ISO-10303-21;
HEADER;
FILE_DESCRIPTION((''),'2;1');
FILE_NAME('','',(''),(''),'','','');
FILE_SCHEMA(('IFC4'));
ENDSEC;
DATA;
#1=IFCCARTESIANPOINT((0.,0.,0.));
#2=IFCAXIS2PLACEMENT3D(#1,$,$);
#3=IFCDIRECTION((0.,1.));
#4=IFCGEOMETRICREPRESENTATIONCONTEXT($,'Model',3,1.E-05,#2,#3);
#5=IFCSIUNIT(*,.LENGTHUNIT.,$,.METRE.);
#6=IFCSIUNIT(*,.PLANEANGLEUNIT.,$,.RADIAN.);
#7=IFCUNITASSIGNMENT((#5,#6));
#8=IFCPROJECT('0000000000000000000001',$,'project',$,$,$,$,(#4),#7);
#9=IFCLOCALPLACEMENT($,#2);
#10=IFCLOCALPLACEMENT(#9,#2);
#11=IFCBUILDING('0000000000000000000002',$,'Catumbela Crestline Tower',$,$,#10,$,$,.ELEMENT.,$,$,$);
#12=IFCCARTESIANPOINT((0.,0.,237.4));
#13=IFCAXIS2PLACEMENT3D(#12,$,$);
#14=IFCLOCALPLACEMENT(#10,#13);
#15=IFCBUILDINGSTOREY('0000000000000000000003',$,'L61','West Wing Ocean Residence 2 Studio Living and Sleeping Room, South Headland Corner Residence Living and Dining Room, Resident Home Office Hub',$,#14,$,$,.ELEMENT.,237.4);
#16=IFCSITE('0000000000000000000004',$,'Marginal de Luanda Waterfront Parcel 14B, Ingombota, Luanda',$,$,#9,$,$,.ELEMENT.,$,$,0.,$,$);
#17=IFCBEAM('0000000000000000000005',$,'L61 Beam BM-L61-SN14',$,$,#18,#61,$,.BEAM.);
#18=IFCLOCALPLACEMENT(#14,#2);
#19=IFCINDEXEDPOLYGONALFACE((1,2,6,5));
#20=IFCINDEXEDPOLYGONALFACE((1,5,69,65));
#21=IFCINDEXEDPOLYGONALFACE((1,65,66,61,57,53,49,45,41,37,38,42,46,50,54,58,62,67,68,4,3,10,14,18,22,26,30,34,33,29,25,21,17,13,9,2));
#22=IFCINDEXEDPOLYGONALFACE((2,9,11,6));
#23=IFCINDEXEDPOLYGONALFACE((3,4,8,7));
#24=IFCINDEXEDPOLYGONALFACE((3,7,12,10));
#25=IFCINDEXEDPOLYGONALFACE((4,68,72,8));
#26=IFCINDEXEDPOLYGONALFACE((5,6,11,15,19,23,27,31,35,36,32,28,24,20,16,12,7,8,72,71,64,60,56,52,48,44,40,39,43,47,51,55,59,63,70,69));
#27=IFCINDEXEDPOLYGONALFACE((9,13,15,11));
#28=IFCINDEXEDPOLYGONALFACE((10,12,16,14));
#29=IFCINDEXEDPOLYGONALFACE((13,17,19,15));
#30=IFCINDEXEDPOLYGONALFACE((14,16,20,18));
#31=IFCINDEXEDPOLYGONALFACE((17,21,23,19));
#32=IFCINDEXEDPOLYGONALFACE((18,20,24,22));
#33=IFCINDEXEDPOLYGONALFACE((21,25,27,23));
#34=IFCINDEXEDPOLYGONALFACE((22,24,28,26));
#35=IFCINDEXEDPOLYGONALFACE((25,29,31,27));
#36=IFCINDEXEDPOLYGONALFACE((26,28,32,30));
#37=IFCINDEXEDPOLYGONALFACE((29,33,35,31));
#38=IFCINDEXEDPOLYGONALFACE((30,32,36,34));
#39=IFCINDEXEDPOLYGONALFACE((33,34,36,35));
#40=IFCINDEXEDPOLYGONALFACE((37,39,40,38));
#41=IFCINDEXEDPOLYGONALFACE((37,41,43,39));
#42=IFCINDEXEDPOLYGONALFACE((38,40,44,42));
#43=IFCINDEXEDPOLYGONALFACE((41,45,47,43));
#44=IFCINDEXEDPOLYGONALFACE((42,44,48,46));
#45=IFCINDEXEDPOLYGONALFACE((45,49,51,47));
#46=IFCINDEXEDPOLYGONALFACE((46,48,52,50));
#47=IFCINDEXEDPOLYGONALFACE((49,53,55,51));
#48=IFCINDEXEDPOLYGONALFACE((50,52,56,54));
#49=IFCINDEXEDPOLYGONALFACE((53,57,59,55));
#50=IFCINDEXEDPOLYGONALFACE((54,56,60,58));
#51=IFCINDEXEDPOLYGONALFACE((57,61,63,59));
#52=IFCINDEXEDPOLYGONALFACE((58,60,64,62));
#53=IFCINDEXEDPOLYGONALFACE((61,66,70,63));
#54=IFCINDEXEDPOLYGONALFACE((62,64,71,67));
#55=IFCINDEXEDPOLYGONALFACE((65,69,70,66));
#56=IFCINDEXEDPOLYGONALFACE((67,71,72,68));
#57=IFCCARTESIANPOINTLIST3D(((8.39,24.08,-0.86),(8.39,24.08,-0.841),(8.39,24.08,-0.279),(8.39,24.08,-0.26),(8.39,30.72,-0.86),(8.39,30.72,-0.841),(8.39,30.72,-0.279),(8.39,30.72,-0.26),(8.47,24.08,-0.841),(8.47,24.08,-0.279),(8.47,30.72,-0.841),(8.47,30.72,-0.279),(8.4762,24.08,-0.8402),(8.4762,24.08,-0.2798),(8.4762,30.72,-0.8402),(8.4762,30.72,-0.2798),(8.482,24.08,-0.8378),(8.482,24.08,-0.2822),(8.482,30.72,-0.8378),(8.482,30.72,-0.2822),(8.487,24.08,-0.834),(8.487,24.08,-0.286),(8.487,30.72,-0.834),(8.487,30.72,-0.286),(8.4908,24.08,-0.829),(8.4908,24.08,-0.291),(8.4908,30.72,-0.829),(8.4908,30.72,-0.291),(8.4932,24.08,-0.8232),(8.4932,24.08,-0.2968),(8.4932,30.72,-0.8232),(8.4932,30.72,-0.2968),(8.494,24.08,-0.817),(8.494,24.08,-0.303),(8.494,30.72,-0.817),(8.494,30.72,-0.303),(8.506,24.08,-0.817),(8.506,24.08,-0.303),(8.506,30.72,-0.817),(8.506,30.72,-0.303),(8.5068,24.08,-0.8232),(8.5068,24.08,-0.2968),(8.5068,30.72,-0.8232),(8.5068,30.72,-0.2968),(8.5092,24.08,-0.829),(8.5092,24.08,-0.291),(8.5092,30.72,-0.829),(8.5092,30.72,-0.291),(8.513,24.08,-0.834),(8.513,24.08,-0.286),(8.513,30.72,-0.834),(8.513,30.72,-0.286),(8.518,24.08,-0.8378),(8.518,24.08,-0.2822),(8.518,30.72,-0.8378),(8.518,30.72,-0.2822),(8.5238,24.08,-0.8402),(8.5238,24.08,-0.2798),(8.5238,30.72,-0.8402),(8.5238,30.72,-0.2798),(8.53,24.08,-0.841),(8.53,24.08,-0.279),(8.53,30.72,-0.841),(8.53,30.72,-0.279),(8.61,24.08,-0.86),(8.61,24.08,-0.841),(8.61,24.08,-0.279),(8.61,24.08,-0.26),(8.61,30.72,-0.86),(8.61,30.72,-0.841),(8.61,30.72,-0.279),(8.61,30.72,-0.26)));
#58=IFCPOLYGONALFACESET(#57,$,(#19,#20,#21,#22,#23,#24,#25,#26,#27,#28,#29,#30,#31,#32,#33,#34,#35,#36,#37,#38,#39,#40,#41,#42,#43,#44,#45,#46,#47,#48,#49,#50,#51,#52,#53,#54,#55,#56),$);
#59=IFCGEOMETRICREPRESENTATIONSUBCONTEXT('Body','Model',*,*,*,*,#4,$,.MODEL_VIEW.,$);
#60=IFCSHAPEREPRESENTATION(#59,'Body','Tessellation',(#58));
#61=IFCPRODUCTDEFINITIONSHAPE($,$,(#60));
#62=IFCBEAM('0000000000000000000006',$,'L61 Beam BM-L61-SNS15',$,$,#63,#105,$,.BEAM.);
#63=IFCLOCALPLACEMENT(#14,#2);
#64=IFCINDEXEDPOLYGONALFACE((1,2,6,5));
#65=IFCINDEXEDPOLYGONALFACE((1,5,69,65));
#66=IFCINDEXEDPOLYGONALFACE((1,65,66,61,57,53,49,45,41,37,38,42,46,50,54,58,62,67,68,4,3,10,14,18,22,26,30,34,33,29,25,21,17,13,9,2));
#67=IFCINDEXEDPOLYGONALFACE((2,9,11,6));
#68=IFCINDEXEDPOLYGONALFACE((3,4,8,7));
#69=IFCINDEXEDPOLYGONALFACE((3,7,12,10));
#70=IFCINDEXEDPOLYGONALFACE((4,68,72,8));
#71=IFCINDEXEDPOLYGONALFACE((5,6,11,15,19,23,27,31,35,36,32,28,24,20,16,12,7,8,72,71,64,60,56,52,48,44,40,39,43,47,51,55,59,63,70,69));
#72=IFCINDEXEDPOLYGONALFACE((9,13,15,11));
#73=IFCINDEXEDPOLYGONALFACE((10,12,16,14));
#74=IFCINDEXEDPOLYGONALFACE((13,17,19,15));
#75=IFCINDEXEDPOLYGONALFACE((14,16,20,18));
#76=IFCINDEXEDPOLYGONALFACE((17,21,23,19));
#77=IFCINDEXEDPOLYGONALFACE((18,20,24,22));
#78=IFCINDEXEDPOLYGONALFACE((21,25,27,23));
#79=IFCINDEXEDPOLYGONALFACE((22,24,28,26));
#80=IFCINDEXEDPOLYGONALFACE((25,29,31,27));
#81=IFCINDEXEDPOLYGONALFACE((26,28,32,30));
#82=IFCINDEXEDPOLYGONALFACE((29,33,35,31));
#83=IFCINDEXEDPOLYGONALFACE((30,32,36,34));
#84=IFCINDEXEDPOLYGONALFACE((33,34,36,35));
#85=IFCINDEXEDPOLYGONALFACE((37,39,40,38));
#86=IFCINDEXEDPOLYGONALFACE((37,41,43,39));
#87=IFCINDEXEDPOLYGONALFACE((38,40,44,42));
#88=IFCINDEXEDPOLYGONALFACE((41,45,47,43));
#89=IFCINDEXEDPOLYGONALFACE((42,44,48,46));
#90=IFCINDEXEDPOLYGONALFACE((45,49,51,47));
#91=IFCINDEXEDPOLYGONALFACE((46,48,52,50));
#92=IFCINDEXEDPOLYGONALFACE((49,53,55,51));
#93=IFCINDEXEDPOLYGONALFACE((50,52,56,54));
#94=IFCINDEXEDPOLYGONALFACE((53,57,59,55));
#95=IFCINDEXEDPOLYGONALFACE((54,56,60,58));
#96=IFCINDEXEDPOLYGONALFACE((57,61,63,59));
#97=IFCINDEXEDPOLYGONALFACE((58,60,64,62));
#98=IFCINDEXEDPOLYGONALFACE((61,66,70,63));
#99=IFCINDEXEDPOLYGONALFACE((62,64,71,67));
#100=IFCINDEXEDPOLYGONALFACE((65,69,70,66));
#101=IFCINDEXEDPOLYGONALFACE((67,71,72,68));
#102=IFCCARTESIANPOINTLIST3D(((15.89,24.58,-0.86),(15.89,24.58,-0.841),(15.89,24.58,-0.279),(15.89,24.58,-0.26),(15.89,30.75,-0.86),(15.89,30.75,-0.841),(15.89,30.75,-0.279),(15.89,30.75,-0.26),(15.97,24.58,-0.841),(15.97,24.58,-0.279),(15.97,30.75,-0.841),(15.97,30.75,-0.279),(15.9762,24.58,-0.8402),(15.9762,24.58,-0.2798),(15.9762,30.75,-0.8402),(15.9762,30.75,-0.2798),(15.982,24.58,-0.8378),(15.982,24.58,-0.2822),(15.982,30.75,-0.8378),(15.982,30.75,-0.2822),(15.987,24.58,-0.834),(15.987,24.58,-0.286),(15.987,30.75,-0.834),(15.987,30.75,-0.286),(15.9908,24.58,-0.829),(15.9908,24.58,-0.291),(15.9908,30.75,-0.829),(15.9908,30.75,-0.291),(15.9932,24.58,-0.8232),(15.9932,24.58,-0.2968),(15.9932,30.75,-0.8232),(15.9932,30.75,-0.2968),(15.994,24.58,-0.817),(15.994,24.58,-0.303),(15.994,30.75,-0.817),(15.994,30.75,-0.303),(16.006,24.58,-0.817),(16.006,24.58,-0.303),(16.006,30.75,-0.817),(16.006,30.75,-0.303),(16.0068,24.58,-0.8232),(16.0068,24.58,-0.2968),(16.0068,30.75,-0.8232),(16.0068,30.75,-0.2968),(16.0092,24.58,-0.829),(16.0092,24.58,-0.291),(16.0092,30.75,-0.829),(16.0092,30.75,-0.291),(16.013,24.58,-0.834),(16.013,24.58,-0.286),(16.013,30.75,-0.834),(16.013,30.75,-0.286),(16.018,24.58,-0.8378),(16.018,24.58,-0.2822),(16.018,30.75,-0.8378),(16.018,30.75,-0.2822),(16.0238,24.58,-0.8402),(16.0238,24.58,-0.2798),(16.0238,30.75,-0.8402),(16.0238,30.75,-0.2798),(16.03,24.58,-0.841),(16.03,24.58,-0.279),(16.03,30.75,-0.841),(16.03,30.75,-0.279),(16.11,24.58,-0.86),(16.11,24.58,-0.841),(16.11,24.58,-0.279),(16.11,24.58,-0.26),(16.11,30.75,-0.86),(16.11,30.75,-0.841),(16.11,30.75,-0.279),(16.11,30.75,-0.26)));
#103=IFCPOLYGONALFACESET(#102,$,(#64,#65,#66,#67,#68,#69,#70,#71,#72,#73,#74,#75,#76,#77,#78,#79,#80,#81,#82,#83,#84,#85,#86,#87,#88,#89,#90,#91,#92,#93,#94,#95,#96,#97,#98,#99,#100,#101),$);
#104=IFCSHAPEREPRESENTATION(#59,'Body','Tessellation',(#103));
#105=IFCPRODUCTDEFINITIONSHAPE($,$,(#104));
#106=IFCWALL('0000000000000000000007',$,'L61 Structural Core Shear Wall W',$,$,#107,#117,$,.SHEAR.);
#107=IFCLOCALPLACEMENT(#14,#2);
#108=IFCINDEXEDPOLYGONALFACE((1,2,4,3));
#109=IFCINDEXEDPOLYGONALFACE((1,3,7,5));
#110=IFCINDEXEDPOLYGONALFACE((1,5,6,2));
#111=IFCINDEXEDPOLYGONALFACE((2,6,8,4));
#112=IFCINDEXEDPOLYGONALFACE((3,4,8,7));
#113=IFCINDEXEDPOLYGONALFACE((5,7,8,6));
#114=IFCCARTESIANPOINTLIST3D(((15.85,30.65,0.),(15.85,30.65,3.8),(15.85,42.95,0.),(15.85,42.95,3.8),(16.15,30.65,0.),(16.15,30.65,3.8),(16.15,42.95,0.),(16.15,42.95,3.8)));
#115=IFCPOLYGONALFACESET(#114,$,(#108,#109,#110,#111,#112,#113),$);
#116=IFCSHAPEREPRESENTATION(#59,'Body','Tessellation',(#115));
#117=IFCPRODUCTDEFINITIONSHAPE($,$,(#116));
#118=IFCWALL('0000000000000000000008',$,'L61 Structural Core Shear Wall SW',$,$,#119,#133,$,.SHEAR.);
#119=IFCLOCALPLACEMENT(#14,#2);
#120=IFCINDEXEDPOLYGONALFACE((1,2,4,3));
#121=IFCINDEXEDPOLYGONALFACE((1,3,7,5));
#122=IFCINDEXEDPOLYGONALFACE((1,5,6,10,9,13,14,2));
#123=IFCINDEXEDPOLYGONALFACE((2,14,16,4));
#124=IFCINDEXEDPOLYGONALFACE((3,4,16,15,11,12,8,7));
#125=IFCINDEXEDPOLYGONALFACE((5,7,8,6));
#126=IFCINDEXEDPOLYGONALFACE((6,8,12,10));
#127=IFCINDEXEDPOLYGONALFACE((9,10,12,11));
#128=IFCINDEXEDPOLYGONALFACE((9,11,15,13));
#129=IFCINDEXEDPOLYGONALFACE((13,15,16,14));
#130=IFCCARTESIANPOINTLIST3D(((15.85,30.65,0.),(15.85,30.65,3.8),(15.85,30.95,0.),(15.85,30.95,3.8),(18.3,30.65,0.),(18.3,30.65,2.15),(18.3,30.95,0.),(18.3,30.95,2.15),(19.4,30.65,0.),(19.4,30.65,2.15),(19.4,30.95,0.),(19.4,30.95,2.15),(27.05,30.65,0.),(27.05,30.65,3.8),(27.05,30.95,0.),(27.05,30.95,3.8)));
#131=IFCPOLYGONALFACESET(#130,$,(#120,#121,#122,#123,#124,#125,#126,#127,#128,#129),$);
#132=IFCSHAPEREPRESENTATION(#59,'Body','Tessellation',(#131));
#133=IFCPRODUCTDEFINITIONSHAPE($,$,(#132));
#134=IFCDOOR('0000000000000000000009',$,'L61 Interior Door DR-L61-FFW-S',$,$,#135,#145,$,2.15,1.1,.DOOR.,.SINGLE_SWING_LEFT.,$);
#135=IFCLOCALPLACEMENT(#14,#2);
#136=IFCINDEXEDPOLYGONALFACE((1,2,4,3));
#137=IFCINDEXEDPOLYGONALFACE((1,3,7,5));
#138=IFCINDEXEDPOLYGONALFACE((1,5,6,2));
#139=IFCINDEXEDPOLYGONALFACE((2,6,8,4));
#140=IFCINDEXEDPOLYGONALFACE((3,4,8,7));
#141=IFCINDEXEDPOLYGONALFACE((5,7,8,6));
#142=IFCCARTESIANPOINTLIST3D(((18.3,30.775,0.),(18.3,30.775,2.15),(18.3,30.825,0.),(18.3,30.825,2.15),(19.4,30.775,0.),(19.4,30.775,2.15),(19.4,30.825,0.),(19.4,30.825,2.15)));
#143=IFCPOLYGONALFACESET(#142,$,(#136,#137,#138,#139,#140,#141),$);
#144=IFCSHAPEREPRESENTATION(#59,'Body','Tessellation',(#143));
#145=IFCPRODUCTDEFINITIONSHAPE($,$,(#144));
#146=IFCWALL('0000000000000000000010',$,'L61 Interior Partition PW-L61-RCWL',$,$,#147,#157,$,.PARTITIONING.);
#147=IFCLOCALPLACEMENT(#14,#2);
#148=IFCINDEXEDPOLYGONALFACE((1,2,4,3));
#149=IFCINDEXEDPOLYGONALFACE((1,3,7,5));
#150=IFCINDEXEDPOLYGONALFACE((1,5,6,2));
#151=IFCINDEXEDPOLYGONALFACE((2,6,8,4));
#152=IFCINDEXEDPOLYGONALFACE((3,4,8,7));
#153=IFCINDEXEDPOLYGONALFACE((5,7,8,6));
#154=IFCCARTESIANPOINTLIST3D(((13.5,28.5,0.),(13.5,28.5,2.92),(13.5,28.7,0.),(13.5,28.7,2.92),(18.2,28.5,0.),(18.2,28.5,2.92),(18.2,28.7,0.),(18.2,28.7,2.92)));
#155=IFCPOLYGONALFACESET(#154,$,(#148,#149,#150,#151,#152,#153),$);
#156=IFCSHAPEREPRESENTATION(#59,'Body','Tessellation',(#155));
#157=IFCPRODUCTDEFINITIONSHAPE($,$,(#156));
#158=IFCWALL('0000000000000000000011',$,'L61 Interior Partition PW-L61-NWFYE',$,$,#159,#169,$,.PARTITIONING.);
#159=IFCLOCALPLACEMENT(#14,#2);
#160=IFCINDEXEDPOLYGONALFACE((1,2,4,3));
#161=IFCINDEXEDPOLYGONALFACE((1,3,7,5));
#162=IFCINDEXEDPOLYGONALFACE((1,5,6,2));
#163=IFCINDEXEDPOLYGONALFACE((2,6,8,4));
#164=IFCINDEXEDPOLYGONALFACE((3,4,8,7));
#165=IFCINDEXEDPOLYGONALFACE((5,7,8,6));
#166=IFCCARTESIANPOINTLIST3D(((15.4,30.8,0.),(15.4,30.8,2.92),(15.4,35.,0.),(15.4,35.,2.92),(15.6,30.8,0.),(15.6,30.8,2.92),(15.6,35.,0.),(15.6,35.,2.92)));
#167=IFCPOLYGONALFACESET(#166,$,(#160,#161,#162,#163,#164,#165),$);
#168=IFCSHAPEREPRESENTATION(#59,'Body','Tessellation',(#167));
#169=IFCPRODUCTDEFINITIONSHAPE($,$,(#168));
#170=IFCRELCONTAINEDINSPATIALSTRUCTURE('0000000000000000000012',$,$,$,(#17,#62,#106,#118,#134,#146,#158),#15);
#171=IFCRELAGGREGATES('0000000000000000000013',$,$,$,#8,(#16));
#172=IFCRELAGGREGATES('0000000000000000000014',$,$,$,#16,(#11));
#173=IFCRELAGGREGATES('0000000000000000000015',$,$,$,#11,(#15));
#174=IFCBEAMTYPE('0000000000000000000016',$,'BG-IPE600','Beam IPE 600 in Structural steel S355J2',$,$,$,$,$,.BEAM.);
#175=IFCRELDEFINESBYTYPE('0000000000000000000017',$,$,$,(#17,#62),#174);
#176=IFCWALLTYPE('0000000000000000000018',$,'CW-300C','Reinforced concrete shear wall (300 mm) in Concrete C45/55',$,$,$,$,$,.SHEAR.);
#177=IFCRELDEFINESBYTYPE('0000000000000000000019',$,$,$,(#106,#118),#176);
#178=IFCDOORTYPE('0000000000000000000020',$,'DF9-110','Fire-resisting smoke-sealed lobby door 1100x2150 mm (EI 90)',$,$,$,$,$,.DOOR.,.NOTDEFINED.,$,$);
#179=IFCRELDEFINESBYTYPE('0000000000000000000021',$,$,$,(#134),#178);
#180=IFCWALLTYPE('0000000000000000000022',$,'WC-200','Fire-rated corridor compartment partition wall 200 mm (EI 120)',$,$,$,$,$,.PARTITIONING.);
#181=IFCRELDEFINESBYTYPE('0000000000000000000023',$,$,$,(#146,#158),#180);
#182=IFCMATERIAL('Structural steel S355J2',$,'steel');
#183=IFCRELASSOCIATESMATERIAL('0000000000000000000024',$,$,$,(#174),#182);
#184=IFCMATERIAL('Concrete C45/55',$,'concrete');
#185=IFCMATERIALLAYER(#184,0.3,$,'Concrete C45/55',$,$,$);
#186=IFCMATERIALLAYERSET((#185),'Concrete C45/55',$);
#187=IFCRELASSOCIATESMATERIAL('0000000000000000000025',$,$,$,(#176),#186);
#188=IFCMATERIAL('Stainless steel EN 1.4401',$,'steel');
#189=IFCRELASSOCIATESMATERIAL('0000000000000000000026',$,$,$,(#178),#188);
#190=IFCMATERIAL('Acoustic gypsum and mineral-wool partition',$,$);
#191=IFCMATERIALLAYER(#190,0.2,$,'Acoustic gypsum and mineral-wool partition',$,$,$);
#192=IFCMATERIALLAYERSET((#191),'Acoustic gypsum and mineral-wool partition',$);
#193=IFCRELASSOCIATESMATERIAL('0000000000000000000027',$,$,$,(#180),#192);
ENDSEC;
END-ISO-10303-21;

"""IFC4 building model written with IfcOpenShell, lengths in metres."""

from ifc_helpers import new_model, si_unit, direction, frame, frame_2d, origin, origin_2d, place, context, subcontext, project, spatial, rectangle, i_section, extrude, material, layer, layer_set, material_profile, profile_set, type_object, element, fill, save


model = new_model("IFC4")

# Units and contexts
model_context = context("Model", 3, precision=1e-05, world=origin(), true_north=direction((0.0, 1.0)))
body_context = subcontext(model_context, "Body", "Model", "MODEL_VIEW")
ifc_project = project(units=[si_unit("LENGTHUNIT", "METRE"), si_unit("PLANEANGLEUNIT", "RADIAN")], contexts=[model_context])

# Site, building, storey
site_placement = place(None, origin())
site = spatial("IfcSite", under=ifc_project, at=site_placement, Name="Marginal de Luanda Waterfront Parcel 14B, Ingombota, Luanda", CompositionType="ELEMENT", RefElevation=0.0)
building_placement = place(site_placement, origin())
building = spatial("IfcBuilding", under=site, at=building_placement, Name="Catumbela Crestline Tower", CompositionType="ELEMENT")
storey_placement = place(building_placement, frame((0.0, 0.0, 237.4)))
storey = spatial("IfcBuildingStorey", under=building, at=storey_placement, Name="L61", Description="West Wing Ocean Residence 2 Studio Living and Sleeping Room, South Headland Corner Residence Living and Dining Room, Resident Home Office Hub", CompositionType="ELEMENT", Elevation=237.4)

# Shared definitions
ifc_material_1 = material(Name="Concrete C45/55", Category="concrete")
ifc_material_2 = material(Name="Structural steel S355J2", Category="steel")

# Beams
ifc_material_profile_1 = material_profile(ifc_material_2, i_section(OverallWidth=0.22, OverallDepth=0.6, WebThickness=0.012, FlangeThickness=0.019, FilletRadius=0.024, at=origin_2d()), Name="IPE 600")
ifc_profile_set_1 = profile_set([ifc_material_profile_1], Name="Structural steel S355J2")
beam_type = type_object("IfcBeamType", Name="BG-IPE600", Description="Beam IPE 600 in Structural steel S355J2", PredefinedType="BEAM", material=ifc_profile_set_1)
beam_1_placement = place(storey_placement, frame((8.5, 24.08, -0.56), z_axis=(0.0, 1.0, 0.0), x_axis=(-1.0, 0.0, 0.0)))
element("IfcBeam", 1, at=beam_1_placement, inside=storey, type_object=beam_type, Name="L61 Beam BM-L61-SN14", PredefinedType="BEAM", context=body_context, shape_type="SweptSolid", body=[
    extrude(i_section(OverallWidth=0.22, OverallDepth=0.6, WebThickness=0.012, FlangeThickness=0.019, FilletRadius=0.024, at=origin_2d()), origin(), (0.0, 0.0, 1.0), 6.64),
])
beam_2_placement = place(storey_placement, frame((16.0, 24.58, -0.56), z_axis=(0.0, 1.0, 0.0), x_axis=(-1.0, 0.0, 0.0)))
element("IfcBeam", 2, at=beam_2_placement, inside=storey, type_object=beam_type, Name="L61 Beam BM-L61-SNS15", PredefinedType="BEAM", context=body_context, shape_type="SweptSolid", body=[
    extrude(i_section(OverallWidth=0.22, OverallDepth=0.6, WebThickness=0.012, FlangeThickness=0.019, FilletRadius=0.024, at=origin_2d()), origin(), (0.0, 0.0, 1.0), 6.17),
])

# Wall
ifc_layer_1 = layer(ifc_material_1, 0.3, Name="Concrete C45/55")
ifc_layer_set_1 = layer_set([ifc_layer_1], Name="Concrete C45/55")
wall_type_1 = type_object("IfcWallType", Name="CW-300C", Description="Reinforced concrete shear wall (300 mm) in Concrete C45/55", PredefinedType="SHEAR", material=ifc_layer_set_1)
wall_1_placement = place(storey_placement, frame((16.0, 30.65, 0.0), z_axis=(0.0, 0.0, 1.0), x_axis=(0.0, 1.0, 0.0)))
element("IfcWall", 3, at=wall_1_placement, inside=storey, type_object=wall_type_1, Name="L61 Structural Core Shear Wall W", PredefinedType="SHEAR", context=body_context, shape_type="SweptSolid", body=[
    extrude(rectangle(XDim=12.3, YDim=0.3, at=frame_2d((6.15, 0.0))), origin(), (0.0, 0.0, 1.0), 3.8),
])

# Wall, opening, door
wall_2_placement = place(storey_placement, frame((15.85, 30.8, 0.0), z_axis=(0.0, 0.0, 1.0), x_axis=(1.0, 0.0, 0.0)))
wall_2 = element("IfcWall", 4, at=wall_2_placement, inside=storey, type_object=wall_type_1, Name="L61 Structural Core Shear Wall SW", PredefinedType="SHEAR", context=body_context, shape_type="SweptSolid", body=[
    extrude(rectangle(XDim=11.2, YDim=0.3, at=frame_2d((5.6, 0.0))), origin(), (0.0, 0.0, 1.0), 3.8),
])
opening_1_placement = place(wall_2_placement, frame((2.45, 0.0, 0.0)))
opening_1 = element("IfcOpeningElement", 5, at=opening_1_placement, cuts=wall_2, PredefinedType="OPENING", context=body_context, shape_type="SweptSolid", body=[
    extrude(rectangle(XDim=1.1, YDim=2.15, at=frame_2d((0.55, 1.075))), frame((0.0, 0.16, 0.0), z_axis=(0.0, -1.0, 0.0), x_axis=(1.0, 0.0, 0.0)), (0.0, 0.0, 1.0), 0.32),
])
ifc_material_3 = material(Name="Stainless steel EN 1.4401", Category="steel")
door_type_1 = type_object("IfcDoorType", Name="DF9-110", Description="Fire-resisting smoke-sealed lobby door 1100x2150 mm (EI 90)", OperationType="NOTDEFINED", PredefinedType="DOOR", material=ifc_material_3)
door_1_placement = place(opening_1_placement, origin())
door_1 = element("IfcDoor", 6, at=door_1_placement, inside=storey, type_object=door_type_1, Name="L61 Interior Door DR-L61-FFW-S", OperationType="SINGLE_SWING_LEFT", OverallHeight=2.15, OverallWidth=1.1, PredefinedType="DOOR", context=body_context, shape_type="SweptSolid", body=[
    extrude(rectangle(XDim=1.1, YDim=2.15, at=frame_2d((0.55, 1.075))), frame((0.0, 0.025, 0.0), z_axis=(0.0, -1.0, 0.0), x_axis=(1.0, 0.0, 0.0)), (0.0, 0.0, 1.0), 0.05),
])
fill(opening_1, door_1)

# Walls
ifc_material_4 = material(Name="Acoustic gypsum and mineral-wool partition")
ifc_layer_2 = layer(ifc_material_4, 0.2, Name="Acoustic gypsum and mineral-wool partition")
ifc_layer_set_2 = layer_set([ifc_layer_2], Name="Acoustic gypsum and mineral-wool partition")
wall_type_2 = type_object("IfcWallType", Name="WC-200", Description="Fire-rated corridor compartment partition wall 200 mm (EI 120)", PredefinedType="PARTITIONING", material=ifc_layer_set_2)
wall_3_placement = place(storey_placement, frame((13.5, 28.6, 0.0), z_axis=(0.0, 0.0, 1.0), x_axis=(1.0, 0.0, 0.0)))
element("IfcWall", 7, at=wall_3_placement, inside=storey, type_object=wall_type_2, Name="L61 Interior Partition PW-L61-RCWL", PredefinedType="PARTITIONING", context=body_context, shape_type="SweptSolid", body=[
    extrude(rectangle(XDim=4.7, YDim=0.2, at=frame_2d((2.35, 0.0))), origin(), (0.0, 0.0, 1.0), 2.92),
])
wall_4_placement = place(storey_placement, frame((15.5, 30.8, 0.0), z_axis=(0.0, 0.0, 1.0), x_axis=(0.0, 1.0, 0.0)))
element("IfcWall", 8, at=wall_4_placement, inside=storey, type_object=wall_type_2, Name="L61 Interior Partition PW-L61-NWFYE", PredefinedType="PARTITIONING", context=body_context, shape_type="SweptSolid", body=[
    extrude(rectangle(XDim=4.2, YDim=0.2, at=frame_2d((2.1, 0.0))), origin(), (0.0, 0.0, 1.0), 2.92),
])

save(model, "model.ifc")
